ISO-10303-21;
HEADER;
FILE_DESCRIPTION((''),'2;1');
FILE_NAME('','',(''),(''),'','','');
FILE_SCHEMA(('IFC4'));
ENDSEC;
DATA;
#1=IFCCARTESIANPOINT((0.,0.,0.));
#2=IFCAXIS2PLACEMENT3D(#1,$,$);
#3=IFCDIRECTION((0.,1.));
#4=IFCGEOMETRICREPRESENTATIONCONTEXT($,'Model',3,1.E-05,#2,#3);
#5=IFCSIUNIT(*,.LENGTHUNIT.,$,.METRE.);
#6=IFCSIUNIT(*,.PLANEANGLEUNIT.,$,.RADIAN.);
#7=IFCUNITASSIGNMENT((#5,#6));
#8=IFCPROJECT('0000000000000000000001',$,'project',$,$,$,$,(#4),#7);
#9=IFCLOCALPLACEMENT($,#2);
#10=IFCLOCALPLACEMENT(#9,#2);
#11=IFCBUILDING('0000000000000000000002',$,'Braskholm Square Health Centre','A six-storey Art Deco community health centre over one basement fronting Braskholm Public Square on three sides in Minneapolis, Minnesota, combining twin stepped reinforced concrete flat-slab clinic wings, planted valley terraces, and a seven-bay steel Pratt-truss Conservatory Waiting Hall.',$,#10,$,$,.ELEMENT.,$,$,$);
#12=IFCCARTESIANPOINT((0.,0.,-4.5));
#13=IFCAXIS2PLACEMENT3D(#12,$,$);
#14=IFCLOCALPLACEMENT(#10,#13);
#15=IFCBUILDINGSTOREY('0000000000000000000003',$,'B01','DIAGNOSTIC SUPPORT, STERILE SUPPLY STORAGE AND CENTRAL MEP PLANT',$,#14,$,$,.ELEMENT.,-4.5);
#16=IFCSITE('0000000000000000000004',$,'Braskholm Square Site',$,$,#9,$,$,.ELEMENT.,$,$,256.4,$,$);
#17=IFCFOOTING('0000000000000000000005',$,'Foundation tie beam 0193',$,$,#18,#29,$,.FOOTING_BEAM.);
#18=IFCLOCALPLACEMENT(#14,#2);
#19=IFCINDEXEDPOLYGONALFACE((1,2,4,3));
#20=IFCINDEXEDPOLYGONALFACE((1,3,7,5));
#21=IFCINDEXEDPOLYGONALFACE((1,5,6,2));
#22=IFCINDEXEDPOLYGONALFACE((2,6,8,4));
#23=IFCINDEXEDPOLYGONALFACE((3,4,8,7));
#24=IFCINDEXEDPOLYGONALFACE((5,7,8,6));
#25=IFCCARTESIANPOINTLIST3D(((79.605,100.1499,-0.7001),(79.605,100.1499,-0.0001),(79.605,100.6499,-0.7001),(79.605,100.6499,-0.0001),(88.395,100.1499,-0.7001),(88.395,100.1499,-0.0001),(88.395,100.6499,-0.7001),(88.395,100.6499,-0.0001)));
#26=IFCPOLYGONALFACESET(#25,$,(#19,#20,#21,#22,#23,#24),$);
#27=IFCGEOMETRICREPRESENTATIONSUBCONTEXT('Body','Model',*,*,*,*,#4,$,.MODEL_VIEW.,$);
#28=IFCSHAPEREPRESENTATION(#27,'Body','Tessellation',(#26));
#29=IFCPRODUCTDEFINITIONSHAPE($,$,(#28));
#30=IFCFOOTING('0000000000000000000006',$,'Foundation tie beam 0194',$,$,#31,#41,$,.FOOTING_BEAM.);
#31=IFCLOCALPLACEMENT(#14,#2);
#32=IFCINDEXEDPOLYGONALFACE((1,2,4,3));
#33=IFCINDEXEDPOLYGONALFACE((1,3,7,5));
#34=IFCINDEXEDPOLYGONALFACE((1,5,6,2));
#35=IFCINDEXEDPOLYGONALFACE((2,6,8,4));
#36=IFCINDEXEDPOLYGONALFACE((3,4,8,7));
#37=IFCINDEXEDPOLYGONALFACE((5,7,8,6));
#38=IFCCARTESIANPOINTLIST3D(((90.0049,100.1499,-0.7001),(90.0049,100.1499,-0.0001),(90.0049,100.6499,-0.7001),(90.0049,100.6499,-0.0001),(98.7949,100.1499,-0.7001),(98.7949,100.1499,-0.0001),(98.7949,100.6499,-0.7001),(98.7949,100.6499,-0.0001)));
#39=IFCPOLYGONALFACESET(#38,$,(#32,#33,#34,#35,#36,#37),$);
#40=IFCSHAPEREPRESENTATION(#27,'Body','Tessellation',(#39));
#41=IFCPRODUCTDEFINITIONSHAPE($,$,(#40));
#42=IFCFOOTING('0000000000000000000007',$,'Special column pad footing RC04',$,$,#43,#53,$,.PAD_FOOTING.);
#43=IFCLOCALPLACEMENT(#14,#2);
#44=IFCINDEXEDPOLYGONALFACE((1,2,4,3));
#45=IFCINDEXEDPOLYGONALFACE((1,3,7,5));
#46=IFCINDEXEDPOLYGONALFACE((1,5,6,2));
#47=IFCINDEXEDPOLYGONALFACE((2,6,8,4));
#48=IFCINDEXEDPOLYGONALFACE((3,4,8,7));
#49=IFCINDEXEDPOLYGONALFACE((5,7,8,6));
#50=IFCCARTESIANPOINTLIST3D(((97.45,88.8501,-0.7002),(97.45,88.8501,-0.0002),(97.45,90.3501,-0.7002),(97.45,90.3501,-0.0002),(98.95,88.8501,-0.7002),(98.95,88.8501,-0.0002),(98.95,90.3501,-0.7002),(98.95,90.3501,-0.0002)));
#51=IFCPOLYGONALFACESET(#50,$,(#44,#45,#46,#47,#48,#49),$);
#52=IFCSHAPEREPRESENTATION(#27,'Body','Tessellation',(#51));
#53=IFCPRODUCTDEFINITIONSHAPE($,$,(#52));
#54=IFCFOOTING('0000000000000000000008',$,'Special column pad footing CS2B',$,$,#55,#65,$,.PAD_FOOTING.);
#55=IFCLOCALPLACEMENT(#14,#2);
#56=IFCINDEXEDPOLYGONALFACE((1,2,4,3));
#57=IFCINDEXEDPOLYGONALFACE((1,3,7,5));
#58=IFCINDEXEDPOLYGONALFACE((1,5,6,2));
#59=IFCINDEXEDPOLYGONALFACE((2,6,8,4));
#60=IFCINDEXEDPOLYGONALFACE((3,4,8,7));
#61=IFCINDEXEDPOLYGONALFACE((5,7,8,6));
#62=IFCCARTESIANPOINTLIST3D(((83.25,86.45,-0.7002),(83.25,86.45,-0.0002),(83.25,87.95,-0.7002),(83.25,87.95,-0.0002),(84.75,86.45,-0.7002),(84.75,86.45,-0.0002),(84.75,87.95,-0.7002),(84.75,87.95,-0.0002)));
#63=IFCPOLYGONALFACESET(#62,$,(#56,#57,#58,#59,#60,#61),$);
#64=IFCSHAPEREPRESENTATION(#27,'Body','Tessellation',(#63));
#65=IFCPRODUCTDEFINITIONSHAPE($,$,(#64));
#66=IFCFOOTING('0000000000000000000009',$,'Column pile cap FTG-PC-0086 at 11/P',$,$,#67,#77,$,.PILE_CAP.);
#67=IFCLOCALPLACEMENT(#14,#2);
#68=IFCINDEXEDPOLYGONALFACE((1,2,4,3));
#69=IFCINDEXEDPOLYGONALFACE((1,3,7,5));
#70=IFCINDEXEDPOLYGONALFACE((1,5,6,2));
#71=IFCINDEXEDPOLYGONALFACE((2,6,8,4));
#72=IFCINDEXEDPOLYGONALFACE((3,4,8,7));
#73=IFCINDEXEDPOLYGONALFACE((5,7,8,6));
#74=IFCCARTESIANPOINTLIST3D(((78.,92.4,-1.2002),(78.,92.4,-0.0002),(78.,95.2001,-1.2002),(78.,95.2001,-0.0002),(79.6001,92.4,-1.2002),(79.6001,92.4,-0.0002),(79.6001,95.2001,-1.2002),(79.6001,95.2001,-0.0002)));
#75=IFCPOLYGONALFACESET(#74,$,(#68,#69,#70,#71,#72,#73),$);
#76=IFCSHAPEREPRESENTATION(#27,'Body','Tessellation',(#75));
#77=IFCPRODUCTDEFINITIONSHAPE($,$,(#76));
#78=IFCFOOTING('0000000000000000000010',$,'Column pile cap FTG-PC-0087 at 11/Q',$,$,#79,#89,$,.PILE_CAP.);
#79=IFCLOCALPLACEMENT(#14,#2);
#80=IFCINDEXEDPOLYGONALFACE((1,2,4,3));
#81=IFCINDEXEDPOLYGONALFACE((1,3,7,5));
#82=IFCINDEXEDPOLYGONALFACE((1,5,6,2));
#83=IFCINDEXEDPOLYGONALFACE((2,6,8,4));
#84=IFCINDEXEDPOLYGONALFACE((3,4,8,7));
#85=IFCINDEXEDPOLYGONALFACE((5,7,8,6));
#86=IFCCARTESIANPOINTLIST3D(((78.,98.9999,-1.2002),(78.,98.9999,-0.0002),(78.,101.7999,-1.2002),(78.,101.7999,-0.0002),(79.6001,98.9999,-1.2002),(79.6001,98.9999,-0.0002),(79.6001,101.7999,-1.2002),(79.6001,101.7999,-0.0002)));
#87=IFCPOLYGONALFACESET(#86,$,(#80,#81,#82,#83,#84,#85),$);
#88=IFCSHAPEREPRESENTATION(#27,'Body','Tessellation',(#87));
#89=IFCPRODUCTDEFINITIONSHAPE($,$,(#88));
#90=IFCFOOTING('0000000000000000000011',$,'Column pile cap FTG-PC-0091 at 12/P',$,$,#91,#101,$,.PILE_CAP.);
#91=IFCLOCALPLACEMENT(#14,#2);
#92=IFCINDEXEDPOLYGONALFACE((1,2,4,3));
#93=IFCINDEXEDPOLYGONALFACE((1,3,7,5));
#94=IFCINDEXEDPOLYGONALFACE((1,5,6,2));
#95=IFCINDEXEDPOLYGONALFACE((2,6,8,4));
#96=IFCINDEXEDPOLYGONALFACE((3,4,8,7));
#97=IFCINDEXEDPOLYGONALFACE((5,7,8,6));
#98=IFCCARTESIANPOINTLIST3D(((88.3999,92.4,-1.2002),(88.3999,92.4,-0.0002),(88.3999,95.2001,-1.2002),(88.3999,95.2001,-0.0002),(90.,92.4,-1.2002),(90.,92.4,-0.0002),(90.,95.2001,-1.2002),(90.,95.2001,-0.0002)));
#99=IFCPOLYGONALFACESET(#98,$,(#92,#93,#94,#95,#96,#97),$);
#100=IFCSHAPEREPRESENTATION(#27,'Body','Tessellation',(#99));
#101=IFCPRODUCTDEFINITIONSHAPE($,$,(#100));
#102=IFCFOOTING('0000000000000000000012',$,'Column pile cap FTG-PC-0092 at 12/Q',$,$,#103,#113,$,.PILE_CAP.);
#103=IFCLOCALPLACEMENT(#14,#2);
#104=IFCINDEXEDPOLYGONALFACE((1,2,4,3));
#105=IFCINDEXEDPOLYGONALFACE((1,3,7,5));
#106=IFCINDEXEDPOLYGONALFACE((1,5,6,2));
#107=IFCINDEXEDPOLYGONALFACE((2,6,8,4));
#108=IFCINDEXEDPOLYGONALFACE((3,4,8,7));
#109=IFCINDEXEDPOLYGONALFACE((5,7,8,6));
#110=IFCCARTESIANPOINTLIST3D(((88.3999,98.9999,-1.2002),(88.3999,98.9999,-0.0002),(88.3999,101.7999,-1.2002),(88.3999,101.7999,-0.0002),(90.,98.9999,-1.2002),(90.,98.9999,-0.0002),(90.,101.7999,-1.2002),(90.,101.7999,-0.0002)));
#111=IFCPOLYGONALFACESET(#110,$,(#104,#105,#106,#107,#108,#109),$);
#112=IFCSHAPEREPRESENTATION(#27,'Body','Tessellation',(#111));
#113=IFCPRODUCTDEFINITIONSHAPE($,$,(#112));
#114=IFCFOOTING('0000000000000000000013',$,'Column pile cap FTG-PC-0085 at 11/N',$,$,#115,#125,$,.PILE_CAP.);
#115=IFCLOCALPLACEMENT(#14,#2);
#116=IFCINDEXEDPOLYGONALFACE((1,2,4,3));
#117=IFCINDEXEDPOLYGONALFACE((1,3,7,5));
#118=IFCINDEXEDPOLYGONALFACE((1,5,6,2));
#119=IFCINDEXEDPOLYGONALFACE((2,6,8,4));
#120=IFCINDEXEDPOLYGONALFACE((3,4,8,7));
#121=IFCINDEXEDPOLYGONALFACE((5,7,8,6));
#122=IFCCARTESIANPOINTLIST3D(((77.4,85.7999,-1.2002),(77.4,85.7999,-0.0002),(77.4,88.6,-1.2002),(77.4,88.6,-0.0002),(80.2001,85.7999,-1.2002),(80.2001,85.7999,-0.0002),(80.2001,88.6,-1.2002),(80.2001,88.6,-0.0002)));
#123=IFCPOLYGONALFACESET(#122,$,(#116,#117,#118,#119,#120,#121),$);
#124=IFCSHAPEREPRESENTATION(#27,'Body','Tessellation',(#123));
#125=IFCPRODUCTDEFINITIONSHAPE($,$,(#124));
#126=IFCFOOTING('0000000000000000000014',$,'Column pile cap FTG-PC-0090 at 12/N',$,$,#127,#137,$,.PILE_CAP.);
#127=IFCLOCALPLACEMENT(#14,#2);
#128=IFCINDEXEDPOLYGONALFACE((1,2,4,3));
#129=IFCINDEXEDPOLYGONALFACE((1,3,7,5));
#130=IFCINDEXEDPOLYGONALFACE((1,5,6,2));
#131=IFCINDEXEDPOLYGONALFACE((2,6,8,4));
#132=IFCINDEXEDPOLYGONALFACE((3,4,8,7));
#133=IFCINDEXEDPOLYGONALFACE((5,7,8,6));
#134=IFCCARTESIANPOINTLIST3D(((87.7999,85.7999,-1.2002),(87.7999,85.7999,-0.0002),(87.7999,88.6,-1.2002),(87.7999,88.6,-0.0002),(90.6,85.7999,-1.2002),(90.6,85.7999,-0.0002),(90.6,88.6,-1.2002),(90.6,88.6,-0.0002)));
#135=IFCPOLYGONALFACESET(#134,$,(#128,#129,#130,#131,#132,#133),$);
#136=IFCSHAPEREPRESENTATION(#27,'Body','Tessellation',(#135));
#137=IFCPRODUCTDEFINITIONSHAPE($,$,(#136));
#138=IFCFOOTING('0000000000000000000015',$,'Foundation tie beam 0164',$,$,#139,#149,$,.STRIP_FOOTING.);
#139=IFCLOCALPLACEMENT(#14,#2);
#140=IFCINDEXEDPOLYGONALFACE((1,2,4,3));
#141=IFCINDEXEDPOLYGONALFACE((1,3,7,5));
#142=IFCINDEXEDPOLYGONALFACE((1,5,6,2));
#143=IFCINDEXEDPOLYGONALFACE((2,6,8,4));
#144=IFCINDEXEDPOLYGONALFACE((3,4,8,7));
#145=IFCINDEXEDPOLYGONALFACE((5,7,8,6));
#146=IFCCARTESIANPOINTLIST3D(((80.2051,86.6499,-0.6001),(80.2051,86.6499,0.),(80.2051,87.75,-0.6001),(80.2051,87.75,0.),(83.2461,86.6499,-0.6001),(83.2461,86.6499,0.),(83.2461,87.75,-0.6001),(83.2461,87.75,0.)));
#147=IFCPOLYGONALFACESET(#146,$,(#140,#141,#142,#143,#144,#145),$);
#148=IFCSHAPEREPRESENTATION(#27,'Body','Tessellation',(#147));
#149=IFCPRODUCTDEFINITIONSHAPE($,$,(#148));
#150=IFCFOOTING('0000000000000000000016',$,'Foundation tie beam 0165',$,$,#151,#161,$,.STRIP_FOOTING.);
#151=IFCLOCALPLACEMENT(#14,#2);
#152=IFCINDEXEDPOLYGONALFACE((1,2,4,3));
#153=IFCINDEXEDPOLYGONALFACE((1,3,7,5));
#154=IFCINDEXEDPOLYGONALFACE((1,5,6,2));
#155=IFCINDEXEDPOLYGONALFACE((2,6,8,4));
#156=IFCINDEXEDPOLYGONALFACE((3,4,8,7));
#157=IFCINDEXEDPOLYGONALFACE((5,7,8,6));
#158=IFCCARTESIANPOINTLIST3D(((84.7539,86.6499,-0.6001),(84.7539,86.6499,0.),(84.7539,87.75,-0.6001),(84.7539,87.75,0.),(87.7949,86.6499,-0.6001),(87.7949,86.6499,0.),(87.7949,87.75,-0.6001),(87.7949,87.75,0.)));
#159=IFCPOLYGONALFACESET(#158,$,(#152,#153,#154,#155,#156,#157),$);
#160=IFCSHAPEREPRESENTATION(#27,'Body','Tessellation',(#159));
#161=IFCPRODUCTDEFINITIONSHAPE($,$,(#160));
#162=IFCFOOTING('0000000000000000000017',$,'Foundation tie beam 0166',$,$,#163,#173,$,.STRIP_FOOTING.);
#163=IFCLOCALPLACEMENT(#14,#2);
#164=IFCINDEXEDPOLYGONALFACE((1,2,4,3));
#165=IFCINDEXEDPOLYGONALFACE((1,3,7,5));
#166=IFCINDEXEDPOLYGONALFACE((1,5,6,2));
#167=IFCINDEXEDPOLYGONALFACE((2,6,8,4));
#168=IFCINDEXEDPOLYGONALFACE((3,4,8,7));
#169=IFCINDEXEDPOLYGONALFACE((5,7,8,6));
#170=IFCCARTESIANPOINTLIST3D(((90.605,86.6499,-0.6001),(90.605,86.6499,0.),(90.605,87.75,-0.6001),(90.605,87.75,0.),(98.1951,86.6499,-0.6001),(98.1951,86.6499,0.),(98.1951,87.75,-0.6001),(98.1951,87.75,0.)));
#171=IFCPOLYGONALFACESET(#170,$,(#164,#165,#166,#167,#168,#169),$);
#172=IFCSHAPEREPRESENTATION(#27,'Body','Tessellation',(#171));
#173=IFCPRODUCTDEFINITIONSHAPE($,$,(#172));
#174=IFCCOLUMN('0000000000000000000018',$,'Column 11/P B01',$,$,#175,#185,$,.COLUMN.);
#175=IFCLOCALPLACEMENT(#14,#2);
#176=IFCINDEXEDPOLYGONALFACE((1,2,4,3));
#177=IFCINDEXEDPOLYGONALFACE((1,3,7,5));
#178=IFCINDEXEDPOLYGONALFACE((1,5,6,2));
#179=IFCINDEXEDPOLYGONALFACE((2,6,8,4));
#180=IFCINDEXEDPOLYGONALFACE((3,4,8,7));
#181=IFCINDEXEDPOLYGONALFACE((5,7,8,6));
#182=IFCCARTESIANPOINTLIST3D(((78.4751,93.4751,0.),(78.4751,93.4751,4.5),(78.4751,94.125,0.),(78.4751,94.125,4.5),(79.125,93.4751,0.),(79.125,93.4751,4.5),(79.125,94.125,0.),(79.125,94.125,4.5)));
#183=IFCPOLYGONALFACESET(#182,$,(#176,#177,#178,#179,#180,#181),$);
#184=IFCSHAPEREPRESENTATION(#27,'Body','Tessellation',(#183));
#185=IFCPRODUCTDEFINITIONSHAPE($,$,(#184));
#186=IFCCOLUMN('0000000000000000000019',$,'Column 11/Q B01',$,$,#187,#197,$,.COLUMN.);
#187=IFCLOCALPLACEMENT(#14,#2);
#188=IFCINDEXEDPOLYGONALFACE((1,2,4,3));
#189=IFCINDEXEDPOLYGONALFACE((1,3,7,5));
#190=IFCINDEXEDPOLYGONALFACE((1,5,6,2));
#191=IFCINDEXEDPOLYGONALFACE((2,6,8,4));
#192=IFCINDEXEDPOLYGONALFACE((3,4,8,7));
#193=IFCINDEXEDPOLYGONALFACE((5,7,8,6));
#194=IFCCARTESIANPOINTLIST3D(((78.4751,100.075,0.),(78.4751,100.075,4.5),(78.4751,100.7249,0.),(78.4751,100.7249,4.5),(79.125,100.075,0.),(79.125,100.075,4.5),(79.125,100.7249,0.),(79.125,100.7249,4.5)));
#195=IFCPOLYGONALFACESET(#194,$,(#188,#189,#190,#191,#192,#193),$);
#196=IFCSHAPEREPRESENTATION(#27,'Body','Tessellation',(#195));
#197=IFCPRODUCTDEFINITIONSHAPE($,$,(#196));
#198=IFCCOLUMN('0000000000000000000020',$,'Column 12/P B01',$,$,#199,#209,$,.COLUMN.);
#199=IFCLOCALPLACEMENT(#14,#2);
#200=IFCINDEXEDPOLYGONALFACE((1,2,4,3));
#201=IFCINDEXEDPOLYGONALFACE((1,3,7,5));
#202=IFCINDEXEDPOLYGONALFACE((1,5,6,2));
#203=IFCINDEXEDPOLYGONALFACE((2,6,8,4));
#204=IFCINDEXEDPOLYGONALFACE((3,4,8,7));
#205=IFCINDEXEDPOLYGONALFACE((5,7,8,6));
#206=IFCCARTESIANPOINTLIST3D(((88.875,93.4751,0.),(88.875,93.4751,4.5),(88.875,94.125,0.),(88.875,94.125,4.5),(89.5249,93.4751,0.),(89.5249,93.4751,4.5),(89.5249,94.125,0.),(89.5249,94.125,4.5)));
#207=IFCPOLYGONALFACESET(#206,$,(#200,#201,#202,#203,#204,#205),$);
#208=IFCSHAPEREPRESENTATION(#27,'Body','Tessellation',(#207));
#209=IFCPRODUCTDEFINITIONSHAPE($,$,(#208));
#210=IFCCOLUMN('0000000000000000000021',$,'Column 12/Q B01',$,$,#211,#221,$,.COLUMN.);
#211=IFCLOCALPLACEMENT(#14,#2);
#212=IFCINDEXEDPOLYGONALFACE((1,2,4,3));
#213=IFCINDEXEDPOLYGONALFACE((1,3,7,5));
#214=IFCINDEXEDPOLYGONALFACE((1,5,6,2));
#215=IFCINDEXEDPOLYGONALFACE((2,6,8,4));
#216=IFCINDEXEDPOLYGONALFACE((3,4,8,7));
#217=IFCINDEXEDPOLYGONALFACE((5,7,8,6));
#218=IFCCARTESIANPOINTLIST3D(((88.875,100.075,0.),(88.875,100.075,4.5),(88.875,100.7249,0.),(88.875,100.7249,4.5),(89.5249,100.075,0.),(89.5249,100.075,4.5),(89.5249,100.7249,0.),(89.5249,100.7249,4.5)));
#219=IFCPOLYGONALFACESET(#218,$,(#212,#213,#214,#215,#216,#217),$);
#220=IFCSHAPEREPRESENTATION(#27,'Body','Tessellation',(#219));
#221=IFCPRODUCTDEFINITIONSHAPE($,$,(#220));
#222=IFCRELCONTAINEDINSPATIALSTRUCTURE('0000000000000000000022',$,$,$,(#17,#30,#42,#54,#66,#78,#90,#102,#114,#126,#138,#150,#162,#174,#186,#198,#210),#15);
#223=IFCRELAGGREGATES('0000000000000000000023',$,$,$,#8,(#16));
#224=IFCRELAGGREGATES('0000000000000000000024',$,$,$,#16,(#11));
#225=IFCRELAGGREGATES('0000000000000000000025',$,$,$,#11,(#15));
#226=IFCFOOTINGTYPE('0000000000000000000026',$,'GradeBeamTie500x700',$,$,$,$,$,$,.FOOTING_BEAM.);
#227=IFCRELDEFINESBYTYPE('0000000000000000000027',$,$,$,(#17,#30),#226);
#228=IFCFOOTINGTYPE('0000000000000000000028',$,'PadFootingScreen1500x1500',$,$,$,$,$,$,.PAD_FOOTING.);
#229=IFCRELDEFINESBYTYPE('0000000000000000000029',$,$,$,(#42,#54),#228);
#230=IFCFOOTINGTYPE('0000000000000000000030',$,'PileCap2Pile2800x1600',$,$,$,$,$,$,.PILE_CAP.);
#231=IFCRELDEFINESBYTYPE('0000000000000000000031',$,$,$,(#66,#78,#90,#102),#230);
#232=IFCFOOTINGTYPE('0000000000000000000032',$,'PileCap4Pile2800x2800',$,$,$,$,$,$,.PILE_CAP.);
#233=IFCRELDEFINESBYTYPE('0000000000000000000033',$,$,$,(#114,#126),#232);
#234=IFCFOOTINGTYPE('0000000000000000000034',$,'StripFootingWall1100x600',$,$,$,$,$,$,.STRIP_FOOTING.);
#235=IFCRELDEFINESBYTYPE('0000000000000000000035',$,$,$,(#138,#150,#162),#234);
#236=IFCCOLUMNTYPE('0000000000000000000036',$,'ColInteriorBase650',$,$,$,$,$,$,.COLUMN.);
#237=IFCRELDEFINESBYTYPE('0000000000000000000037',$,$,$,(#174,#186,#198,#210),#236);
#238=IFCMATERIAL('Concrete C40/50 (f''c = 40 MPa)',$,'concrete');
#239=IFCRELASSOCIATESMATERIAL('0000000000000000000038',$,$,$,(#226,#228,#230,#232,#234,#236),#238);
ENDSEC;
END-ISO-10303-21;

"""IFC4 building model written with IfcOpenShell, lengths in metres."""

from ifc_helpers import new_model, si_unit, direction, frame, origin, origin_2d, place, context, subcontext, project, spatial, rectangle, extrude, material, material_profile, profile_set, type_object, element, save


model = new_model("IFC4")

# Units and contexts
model_context = context("Model", 3, precision=1e-05, world=origin(), true_north=direction((0.0, 1.0)))
body_context = subcontext(model_context, "Body", "Model", "MODEL_VIEW")
ifc_project = project(units=[si_unit("LENGTHUNIT", "METRE"), si_unit("PLANEANGLEUNIT", "RADIAN")], contexts=[model_context])

# Site, building, storey
site_placement = place(None, origin())
site = spatial("IfcSite", under=ifc_project, at=site_placement, Name="Braskholm Square Site", CompositionType="ELEMENT", RefElevation=256.4)
building_placement = place(site_placement, origin())
building = spatial("IfcBuilding", under=site, at=building_placement, Name="Braskholm Square Health Centre", Description="A six-storey Art Deco community health centre over one basement fronting Braskholm Public Square on three sides in Minneapolis, Minnesota, combining twin stepped reinforced concrete flat-slab clinic wings, planted valley terraces, and a seven-bay steel Pratt-truss Conservatory Waiting Hall.", CompositionType="ELEMENT")
storey_placement = place(building_placement, frame((0.0, 0.0, -4.5)))
storey = spatial("IfcBuildingStorey", under=building, at=storey_placement, Name="B01", Description="DIAGNOSTIC SUPPORT, STERILE SUPPLY STORAGE AND CENTRAL MEP PLANT", CompositionType="ELEMENT", Elevation=-4.5)

# Shared definitions
ifc_material_1 = material(Name="Concrete C40/50 (f'c = 40 MPa)", Category="concrete")

# Footings
ifc_material_profile_1 = material_profile(ifc_material_1, rectangle(XDim=0.5, YDim=0.7, at=origin_2d()), Name="FTG-500X700")
ifc_profile_set_1 = profile_set([ifc_material_profile_1], Name="Concrete C40/50 (f'c = 40 MPa)")
footing_type_1 = type_object("IfcFootingType", Name="GradeBeamTie500x700", PredefinedType="FOOTING_BEAM", material=ifc_profile_set_1)
for number, where, z_axis, x_axis, name in (
    (1, (79.605, 100.3999, -0.3501), (1.0, 0.0, 0.0), (0.0, 1.0, 0.0), "Foundation tie beam 0193"),
    (2, (90.0049, 100.3999, -0.3501), (1.0, 0.0, 0.0), (0.0, 1.0, 0.0), "Foundation tie beam 0194"),
):
    element("IfcFooting", number, at=place(storey_placement, frame(where, z_axis=z_axis, x_axis=x_axis)), inside=storey, type_object=footing_type_1, Name=name, PredefinedType="FOOTING_BEAM", context=body_context, shape_type="SweptSolid", body=[
        extrude(rectangle(XDim=0.5, YDim=0.7, at=origin_2d()), origin(), (0.0, 0.0, 1.0), 8.79),
    ])
footing_type_2 = type_object("IfcFootingType", Name="PadFootingScreen1500x1500", PredefinedType="PAD_FOOTING", material=ifc_material_1)
for number, where, z_axis, x_axis, name in (
    (3, (98.2, 89.6001, -0.7002), (0.0, 0.0, 1.0), (1.0, 0.0, 0.0), "Special column pad footing RC04"),
    (4, (84.0, 87.2, -0.7002), (0.0, 0.0, 1.0), (1.0, 0.0, 0.0), "Special column pad footing CS2B"),
):
    element("IfcFooting", number, at=place(storey_placement, frame(where, z_axis=z_axis, x_axis=x_axis)), inside=storey, type_object=footing_type_2, Name=name, PredefinedType="PAD_FOOTING", context=body_context, shape_type="SweptSolid", body=[
        extrude(rectangle(XDim=1.5, YDim=1.5, at=origin_2d()), origin(), (0.0, 0.0, 1.0), 0.7),
    ])
footing_type_3 = type_object("IfcFootingType", Name="PileCap2Pile2800x1600", PredefinedType="PILE_CAP", material=ifc_material_1)
for number, where, z_axis, x_axis, name in (
    (5, (78.8, 93.8, -1.2002), (0.0, 0.0, 1.0), (0.0, 1.0, 0.0), "Column pile cap FTG-PC-0086 at 11/P"),
    (6, (78.8, 100.3999, -1.2002), (0.0, 0.0, 1.0), (0.0, 1.0, 0.0), "Column pile cap FTG-PC-0087 at 11/Q"),
    (7, (89.2, 93.8, -1.2002), (0.0, 0.0, 1.0), (0.0, 1.0, 0.0), "Column pile cap FTG-PC-0091 at 12/P"),
    (8, (89.2, 100.3999, -1.2002), (0.0, 0.0, 1.0), (0.0, 1.0, 0.0), "Column pile cap FTG-PC-0092 at 12/Q"),
):
    element("IfcFooting", number, at=place(storey_placement, frame(where, z_axis=z_axis, x_axis=x_axis)), inside=storey, type_object=footing_type_3, Name=name, PredefinedType="PILE_CAP", context=body_context, shape_type="SweptSolid", body=[
        extrude(rectangle(XDim=2.8, YDim=1.6001, at=origin_2d()), origin(), (0.0, 0.0, 1.0), 1.2),
    ])
footing_type_4 = type_object("IfcFootingType", Name="PileCap4Pile2800x2800", PredefinedType="PILE_CAP", material=ifc_material_1)
for number, where, z_axis, x_axis, name in (
    (9, (78.8, 87.2, -1.2002), (0.0, 0.0, 1.0), (1.0, 0.0, 0.0), "Column pile cap FTG-PC-0085 at 11/N"),
    (10, (89.2, 87.2, -1.2002), (0.0, 0.0, 1.0), (1.0, 0.0, 0.0), "Column pile cap FTG-PC-0090 at 12/N"),
):
    element("IfcFooting", number, at=place(storey_placement, frame(where, z_axis=z_axis, x_axis=x_axis)), inside=storey, type_object=footing_type_4, Name=name, PredefinedType="PILE_CAP", context=body_context, shape_type="SweptSolid", body=[
        extrude(rectangle(XDim=2.8, YDim=2.8, at=origin_2d()), origin(), (0.0, 0.0, 1.0), 1.2),
    ])
ifc_material_profile_2 = material_profile(ifc_material_1, rectangle(XDim=1.1001, YDim=0.6001, at=origin_2d()), Name="FTG-1100X600")
ifc_profile_set_2 = profile_set([ifc_material_profile_2], Name="Concrete C40/50 (f'c = 40 MPa)")
footing_type_5 = type_object("IfcFootingType", Name="StripFootingWall1100x600", PredefinedType="STRIP_FOOTING", material=ifc_profile_set_2)
for number, where, z_axis, x_axis, name in (
    (11, (80.2051, 87.2, -0.3), (1.0, 0.0, 0.0), (0.0, 1.0, 0.0), "Foundation tie beam 0164"),
    (12, (84.7539, 87.2, -0.3), (1.0, 0.0, 0.0), (0.0, 1.0, 0.0), "Foundation tie beam 0165"),
):
    element("IfcFooting", number, at=place(storey_placement, frame(where, z_axis=z_axis, x_axis=x_axis)), inside=storey, type_object=footing_type_5, Name=name, PredefinedType="STRIP_FOOTING", context=body_context, shape_type="SweptSolid", body=[
        extrude(rectangle(XDim=1.1001, YDim=0.6001, at=origin_2d()), origin(), (0.0, 0.0, 1.0), 3.041),
    ])
footing_placement = place(storey_placement, frame((90.605, 87.2, -0.3), z_axis=(1.0, 0.0, 0.0), x_axis=(0.0, 1.0, 0.0)))
element("IfcFooting", 13, at=footing_placement, inside=storey, type_object=footing_type_5, Name="Foundation tie beam 0166", PredefinedType="STRIP_FOOTING", context=body_context, shape_type="SweptSolid", body=[
    extrude(rectangle(XDim=1.1001, YDim=0.6001, at=origin_2d()), origin(), (0.0, 0.0, 1.0), 7.5901),
])

# Columns
ifc_material_profile_3 = material_profile(ifc_material_1, rectangle(XDim=0.6499, YDim=0.6499, at=origin_2d()), Name="RC-650X650")
ifc_profile_set_3 = profile_set([ifc_material_profile_3], Name="Concrete C40/50 (f'c = 40 MPa)")
column_type_1 = type_object("IfcColumnType", Name="ColInteriorBase650", PredefinedType="COLUMN", material=ifc_profile_set_3)
for number, where, z_axis, x_axis, name in (
    (14, (78.8, 93.8, 0.0), (0.0, 0.0, 1.0), (1.0, 0.0, 0.0), "Column 11/P B01"),
    (15, (78.8, 100.3999, 0.0), (0.0, 0.0, 1.0), (1.0, 0.0, 0.0), "Column 11/Q B01"),
    (16, (89.2, 93.8, 0.0), (0.0, 0.0, 1.0), (1.0, 0.0, 0.0), "Column 12/P B01"),
    (17, (89.2, 100.3999, 0.0), (0.0, 0.0, 1.0), (1.0, 0.0, 0.0), "Column 12/Q B01"),
):
    element("IfcColumn", number, at=place(storey_placement, frame(where, z_axis=z_axis, x_axis=x_axis)), inside=storey, type_object=column_type_1, Name=name, PredefinedType="COLUMN", context=body_context, shape_type="SweptSolid", body=[
        extrude(rectangle(XDim=0.6499, YDim=0.6499, at=origin_2d()), origin(), (0.0, 0.0, 1.0), 4.5),
    ])

save(model, "model.ifc")
